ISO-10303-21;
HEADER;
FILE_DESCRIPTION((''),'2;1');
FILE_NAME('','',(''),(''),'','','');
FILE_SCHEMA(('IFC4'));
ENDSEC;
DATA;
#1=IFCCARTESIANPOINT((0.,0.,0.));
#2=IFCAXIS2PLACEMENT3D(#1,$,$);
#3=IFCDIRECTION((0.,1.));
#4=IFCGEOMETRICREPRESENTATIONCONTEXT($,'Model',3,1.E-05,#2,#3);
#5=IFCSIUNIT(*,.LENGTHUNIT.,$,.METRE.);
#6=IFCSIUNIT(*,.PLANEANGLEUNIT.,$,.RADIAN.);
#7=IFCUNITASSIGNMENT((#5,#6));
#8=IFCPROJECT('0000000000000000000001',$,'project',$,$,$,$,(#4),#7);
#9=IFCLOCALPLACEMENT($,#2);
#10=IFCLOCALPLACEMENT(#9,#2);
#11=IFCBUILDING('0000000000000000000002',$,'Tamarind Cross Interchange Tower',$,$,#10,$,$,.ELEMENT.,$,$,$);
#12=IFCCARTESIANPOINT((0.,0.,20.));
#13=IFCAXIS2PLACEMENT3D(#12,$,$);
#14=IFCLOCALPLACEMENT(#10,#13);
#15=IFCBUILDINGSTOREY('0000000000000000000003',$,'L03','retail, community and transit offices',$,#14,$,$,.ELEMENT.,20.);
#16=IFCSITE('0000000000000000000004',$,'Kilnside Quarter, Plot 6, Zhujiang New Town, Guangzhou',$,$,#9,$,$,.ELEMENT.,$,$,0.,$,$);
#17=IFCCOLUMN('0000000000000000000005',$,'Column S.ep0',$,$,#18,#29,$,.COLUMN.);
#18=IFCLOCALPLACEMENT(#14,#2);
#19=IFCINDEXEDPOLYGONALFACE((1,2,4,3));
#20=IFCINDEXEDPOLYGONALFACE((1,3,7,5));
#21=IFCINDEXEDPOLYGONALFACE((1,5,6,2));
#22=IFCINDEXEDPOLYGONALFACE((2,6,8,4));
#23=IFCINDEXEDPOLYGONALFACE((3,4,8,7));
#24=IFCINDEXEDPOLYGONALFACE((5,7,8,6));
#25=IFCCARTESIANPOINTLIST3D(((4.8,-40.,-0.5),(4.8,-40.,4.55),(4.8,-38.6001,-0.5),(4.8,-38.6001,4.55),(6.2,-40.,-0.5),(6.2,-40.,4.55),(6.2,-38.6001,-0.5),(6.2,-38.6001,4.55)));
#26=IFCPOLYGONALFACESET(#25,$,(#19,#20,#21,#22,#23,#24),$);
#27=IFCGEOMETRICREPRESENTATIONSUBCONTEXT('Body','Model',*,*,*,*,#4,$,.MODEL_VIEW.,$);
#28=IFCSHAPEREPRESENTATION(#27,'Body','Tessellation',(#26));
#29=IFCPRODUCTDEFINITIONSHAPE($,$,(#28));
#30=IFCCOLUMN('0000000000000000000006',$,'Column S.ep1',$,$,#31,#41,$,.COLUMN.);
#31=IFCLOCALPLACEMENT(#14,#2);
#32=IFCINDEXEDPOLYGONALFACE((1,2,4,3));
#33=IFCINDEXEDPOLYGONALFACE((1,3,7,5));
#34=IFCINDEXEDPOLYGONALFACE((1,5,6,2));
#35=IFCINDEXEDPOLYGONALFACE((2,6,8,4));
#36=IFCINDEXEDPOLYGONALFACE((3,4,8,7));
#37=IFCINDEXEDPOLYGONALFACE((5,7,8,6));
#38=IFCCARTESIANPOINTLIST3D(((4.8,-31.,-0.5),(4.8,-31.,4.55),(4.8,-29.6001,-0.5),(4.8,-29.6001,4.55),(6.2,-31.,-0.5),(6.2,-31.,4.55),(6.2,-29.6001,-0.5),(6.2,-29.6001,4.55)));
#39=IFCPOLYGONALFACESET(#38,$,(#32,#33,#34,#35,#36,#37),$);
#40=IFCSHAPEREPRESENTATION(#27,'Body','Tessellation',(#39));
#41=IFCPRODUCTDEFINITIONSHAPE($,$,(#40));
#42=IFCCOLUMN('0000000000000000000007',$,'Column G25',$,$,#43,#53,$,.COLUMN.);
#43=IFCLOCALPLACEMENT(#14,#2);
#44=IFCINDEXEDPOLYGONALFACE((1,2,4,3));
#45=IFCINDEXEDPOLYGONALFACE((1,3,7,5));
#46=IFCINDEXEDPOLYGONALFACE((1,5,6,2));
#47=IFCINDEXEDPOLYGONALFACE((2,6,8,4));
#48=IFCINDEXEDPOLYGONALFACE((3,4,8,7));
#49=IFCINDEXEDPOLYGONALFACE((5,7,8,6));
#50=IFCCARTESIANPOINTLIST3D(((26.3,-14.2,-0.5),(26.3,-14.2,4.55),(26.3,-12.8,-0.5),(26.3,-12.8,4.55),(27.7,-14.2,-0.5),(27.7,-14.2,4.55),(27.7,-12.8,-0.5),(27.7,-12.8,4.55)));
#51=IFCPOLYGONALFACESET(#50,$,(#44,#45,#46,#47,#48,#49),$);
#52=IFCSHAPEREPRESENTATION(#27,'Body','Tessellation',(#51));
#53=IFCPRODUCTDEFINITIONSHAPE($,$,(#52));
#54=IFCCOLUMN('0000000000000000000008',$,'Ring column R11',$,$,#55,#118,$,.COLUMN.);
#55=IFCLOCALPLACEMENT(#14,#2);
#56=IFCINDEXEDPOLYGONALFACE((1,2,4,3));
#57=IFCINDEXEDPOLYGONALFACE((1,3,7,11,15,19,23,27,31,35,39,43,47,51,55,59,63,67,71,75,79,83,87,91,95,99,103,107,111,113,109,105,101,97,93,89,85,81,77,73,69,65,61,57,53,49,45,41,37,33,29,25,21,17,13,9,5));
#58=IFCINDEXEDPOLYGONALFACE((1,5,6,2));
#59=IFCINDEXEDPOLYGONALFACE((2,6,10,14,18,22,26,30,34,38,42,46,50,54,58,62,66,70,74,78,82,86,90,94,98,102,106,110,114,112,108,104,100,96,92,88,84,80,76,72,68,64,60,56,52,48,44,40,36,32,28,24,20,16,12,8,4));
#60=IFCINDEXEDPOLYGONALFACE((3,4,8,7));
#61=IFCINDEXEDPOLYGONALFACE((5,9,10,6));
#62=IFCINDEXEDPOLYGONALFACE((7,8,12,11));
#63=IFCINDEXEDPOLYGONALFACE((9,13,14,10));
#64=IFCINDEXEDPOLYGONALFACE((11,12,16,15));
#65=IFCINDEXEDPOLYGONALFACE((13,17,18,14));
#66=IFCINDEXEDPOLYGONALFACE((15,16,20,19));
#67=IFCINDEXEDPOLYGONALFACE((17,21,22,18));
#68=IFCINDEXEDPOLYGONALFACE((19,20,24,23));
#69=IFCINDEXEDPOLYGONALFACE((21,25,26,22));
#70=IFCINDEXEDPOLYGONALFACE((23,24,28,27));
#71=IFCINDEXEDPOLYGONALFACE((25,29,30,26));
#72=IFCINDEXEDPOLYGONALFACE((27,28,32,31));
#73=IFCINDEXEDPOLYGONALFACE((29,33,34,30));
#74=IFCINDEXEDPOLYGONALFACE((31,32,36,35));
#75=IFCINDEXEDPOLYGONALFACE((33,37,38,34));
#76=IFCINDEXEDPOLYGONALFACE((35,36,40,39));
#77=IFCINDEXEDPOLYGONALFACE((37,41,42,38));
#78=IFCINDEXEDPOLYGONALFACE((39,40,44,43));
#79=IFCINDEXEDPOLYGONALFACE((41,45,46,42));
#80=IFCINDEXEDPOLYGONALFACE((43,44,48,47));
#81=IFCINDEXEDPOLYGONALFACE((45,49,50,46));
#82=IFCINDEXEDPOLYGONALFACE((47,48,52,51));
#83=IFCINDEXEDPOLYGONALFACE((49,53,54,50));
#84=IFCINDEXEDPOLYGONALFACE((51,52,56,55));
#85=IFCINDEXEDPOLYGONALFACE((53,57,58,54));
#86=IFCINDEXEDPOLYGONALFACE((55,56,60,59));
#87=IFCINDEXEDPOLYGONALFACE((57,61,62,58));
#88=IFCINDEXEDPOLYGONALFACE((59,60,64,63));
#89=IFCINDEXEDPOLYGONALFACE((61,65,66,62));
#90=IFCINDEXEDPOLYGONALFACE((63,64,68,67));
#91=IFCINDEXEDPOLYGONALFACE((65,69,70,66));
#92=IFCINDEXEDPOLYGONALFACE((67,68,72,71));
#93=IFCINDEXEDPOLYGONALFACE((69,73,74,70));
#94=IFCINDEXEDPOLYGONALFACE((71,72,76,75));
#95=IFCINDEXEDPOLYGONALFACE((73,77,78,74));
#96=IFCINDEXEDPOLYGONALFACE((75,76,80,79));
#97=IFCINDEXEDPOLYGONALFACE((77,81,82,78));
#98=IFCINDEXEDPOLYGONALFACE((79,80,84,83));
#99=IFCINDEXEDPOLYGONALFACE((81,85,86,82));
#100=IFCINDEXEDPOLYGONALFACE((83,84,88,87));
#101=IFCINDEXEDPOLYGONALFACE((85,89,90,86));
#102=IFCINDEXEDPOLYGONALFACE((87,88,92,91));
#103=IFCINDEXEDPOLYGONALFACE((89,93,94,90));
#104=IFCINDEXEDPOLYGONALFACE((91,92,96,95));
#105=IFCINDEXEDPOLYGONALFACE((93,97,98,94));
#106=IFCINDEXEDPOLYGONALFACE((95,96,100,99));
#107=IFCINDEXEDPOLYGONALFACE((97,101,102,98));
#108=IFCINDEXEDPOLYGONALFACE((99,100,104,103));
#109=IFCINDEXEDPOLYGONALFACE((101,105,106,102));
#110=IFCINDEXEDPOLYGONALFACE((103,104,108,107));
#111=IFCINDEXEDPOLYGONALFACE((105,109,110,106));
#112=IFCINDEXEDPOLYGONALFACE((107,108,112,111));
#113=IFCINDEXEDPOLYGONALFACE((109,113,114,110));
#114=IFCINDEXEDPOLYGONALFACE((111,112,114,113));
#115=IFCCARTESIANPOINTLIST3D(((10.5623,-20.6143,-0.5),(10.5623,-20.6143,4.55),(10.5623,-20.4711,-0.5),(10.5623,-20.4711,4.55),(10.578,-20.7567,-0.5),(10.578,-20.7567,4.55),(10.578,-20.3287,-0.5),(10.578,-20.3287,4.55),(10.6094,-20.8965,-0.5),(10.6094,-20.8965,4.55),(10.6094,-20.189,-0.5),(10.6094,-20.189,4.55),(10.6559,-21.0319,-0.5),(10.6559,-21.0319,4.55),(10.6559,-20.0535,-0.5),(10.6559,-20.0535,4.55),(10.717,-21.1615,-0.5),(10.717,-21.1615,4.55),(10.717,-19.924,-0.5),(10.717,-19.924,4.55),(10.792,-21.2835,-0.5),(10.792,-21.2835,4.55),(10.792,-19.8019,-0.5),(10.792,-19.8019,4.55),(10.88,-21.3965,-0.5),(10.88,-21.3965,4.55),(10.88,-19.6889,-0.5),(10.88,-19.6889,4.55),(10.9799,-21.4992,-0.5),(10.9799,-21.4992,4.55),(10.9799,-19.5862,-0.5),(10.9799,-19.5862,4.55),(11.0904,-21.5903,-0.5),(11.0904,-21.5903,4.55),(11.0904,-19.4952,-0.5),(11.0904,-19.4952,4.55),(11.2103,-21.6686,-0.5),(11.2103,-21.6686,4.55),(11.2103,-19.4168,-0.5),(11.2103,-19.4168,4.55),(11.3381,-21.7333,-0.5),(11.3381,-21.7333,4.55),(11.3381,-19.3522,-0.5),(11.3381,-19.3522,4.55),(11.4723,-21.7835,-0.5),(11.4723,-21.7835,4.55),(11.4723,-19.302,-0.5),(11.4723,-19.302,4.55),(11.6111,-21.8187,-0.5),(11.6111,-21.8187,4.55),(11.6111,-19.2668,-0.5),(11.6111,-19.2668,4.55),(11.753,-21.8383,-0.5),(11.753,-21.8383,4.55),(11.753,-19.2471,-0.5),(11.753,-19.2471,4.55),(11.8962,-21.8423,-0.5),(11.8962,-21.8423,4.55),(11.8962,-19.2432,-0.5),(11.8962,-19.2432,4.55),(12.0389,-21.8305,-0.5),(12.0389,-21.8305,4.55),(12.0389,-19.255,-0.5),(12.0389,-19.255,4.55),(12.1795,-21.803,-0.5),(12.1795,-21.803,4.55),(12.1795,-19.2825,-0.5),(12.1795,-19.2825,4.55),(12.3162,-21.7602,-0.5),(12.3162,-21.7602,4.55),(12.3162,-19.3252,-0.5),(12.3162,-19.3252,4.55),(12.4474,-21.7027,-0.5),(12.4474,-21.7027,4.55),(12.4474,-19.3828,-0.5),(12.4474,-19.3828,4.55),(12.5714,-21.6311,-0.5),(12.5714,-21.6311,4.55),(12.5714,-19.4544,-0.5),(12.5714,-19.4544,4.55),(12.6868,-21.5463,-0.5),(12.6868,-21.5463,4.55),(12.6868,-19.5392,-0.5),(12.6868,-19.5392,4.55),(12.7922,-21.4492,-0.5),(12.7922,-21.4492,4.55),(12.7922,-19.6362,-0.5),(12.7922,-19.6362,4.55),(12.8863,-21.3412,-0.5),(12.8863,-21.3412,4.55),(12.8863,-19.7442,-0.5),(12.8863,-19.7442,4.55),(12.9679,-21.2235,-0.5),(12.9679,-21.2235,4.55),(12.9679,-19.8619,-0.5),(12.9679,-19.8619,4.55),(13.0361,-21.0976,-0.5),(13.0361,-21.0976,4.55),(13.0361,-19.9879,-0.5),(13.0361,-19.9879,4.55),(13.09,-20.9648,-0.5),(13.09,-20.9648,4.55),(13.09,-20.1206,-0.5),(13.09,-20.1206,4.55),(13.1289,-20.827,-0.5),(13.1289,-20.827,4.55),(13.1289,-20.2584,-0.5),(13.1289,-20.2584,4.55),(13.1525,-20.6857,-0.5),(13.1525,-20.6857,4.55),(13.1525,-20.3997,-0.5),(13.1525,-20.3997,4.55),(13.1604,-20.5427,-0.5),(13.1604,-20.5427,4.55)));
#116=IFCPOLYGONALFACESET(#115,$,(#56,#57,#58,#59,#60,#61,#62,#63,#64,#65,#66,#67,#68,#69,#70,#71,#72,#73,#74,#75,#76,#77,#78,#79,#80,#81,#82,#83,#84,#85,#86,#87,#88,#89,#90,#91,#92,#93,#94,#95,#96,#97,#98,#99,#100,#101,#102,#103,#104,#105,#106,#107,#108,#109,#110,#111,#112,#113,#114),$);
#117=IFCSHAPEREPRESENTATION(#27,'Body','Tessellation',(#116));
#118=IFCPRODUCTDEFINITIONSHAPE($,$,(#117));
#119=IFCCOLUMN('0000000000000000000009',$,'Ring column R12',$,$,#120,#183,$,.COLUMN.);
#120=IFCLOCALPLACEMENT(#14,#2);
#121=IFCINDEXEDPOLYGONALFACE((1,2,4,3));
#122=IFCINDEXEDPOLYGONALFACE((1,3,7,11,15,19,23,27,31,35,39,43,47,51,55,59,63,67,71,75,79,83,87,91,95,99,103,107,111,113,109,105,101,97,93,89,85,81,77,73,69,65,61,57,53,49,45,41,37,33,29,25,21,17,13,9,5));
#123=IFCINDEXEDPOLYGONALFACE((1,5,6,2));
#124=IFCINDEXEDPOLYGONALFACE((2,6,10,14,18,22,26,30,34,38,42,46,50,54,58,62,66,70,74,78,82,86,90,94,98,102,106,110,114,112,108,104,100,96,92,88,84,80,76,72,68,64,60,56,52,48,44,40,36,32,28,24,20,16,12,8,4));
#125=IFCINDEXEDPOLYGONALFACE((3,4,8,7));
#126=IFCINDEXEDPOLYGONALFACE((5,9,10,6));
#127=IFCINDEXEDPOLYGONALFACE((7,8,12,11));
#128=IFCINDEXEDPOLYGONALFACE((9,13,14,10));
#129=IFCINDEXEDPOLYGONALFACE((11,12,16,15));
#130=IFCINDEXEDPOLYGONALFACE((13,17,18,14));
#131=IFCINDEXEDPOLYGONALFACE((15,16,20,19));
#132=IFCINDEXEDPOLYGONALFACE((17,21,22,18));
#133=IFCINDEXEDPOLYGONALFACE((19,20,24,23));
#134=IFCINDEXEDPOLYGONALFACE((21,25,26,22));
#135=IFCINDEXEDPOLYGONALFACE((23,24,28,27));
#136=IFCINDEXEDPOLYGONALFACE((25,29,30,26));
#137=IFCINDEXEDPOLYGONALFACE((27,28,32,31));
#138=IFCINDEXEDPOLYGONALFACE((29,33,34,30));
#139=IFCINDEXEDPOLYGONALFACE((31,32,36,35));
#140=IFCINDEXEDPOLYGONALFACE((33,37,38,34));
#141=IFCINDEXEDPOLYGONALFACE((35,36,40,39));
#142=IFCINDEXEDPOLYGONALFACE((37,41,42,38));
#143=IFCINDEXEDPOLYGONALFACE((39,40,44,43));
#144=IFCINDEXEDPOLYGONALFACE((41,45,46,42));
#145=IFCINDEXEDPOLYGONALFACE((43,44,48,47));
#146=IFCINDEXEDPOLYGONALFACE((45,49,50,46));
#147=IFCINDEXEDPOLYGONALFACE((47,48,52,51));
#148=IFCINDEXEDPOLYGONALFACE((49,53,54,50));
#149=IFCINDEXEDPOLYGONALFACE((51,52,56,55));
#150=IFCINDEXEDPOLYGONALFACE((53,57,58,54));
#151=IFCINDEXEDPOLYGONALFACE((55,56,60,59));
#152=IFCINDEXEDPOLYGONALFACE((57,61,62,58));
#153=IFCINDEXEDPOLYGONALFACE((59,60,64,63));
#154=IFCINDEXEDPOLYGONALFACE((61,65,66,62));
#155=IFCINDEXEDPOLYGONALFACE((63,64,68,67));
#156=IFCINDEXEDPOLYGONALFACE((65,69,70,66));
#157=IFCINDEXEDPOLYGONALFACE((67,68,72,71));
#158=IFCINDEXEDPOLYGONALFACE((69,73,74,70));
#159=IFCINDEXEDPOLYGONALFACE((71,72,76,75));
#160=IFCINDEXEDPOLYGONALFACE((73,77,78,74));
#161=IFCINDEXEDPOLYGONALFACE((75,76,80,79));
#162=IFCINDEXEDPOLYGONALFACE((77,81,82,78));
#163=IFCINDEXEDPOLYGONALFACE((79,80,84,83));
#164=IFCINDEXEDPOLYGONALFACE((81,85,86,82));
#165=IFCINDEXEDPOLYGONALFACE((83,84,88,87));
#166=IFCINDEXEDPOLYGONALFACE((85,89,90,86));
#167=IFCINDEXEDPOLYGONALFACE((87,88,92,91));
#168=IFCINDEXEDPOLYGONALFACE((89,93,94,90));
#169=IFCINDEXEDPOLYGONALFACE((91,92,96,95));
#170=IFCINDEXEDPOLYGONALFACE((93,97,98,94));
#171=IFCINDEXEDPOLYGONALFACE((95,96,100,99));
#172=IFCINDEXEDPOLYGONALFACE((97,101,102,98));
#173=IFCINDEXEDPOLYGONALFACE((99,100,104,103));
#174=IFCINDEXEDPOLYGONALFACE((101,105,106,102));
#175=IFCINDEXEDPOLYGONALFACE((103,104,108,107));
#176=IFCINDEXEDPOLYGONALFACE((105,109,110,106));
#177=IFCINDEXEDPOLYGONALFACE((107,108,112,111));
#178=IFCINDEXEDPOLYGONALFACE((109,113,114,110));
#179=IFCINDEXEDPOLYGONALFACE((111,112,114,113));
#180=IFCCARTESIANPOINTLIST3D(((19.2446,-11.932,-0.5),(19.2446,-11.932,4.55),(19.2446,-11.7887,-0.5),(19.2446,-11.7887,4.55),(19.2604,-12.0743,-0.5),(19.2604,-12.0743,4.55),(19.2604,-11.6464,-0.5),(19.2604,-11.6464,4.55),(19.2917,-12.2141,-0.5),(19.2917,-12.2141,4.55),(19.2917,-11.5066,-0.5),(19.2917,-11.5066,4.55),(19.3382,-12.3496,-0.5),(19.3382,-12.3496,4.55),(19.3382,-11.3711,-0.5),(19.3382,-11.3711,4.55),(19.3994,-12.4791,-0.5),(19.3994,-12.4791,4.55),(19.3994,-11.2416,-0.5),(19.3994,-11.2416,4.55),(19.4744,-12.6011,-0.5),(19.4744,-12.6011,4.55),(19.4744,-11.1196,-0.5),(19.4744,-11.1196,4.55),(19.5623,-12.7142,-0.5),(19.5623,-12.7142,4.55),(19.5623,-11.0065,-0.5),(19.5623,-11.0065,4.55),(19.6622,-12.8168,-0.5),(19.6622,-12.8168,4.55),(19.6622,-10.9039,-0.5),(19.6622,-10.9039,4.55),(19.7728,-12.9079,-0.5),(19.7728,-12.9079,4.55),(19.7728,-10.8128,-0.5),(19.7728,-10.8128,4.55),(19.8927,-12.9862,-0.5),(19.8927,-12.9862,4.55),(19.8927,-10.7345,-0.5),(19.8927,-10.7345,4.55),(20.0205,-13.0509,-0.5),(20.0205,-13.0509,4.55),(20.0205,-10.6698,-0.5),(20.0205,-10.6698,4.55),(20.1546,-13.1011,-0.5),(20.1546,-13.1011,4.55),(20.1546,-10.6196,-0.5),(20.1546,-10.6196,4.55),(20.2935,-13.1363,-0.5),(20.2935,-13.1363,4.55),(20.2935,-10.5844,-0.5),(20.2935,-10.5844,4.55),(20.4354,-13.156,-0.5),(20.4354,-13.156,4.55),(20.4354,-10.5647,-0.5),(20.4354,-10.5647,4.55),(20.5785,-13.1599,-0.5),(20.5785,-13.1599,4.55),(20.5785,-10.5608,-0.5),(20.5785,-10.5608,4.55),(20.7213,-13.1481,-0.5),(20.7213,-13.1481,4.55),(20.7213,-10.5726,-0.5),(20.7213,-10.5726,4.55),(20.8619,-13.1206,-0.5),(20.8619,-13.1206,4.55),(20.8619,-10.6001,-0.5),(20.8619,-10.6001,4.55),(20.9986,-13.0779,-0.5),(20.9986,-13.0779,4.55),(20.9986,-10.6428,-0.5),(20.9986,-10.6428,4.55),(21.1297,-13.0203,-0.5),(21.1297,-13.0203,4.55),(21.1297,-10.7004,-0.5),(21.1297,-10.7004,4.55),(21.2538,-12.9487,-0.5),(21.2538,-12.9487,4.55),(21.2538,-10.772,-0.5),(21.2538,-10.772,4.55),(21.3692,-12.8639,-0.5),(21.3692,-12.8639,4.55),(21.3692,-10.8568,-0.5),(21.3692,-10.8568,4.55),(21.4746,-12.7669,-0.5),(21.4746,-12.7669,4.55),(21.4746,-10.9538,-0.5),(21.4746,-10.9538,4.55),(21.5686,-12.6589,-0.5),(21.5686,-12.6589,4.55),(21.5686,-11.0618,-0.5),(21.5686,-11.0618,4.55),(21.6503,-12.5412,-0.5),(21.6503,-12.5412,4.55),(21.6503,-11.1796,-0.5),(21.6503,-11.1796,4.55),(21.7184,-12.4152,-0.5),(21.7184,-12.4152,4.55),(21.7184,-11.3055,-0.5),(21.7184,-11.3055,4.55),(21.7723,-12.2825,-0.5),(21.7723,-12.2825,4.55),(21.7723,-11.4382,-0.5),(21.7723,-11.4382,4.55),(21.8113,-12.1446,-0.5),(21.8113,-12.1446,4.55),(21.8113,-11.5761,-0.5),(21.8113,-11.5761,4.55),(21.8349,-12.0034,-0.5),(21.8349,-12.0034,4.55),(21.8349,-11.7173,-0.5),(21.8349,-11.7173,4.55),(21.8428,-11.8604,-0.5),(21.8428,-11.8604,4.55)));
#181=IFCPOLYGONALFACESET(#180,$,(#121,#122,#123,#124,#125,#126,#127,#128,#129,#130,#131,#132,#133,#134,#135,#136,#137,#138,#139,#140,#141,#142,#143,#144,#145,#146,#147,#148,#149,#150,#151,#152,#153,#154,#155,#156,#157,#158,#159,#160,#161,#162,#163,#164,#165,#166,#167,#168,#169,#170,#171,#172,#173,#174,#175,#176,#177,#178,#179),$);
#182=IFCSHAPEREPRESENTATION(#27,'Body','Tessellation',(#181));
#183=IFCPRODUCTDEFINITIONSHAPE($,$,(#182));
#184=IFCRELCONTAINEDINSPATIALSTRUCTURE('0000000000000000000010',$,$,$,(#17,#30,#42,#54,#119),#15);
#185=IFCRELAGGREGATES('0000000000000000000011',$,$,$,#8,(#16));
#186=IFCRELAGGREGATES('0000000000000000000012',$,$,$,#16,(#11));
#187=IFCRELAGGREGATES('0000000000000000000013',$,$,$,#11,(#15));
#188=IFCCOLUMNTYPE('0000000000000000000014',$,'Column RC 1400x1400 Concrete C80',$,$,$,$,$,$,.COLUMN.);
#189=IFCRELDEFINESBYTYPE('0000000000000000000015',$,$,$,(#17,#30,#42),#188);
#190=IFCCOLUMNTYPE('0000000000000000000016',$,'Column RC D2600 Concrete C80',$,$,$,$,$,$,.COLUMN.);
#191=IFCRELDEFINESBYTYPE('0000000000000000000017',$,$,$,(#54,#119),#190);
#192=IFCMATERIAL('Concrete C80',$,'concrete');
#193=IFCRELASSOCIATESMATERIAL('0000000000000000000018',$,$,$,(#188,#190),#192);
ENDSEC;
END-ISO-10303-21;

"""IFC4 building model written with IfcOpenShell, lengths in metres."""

from ifc_helpers import new_model, si_unit, direction, frame, origin, origin_2d, place, context, subcontext, project, spatial, rectangle, circle, extrude, material, material_profile, profile_set, type_object, element, save


model = new_model("IFC4")

# Units and contexts
model_context = context("Model", 3, precision=1e-05, world=origin(), true_north=direction((0.0, 1.0)))
body_context = subcontext(model_context, "Body", "Model", "MODEL_VIEW")
ifc_project = project(units=[si_unit("LENGTHUNIT", "METRE"), si_unit("PLANEANGLEUNIT", "RADIAN")], contexts=[model_context])

# Site, building, storey
site_placement = place(None, origin())
site = spatial("IfcSite", under=ifc_project, at=site_placement, Name="Kilnside Quarter, Plot 6, Zhujiang New Town, Guangzhou", CompositionType="ELEMENT", RefElevation=0.0)
building_placement = place(site_placement, origin())
building = spatial("IfcBuilding", under=site, at=building_placement, Name="Tamarind Cross Interchange Tower", CompositionType="ELEMENT")
storey_placement = place(building_placement, frame((0.0, 0.0, 20.0)))
storey = spatial("IfcBuildingStorey", under=building, at=storey_placement, Name="L03", Description="retail, community and transit offices", CompositionType="ELEMENT", Elevation=20.0)

# Columns
ifc_material_1 = material(Name="Concrete C80", Category="concrete")
ifc_material_profile_1 = material_profile(ifc_material_1, rectangle(XDim=1.3999, YDim=1.3999, at=origin_2d()), Name="RC 1400x1400")
ifc_profile_set_1 = profile_set([ifc_material_profile_1], Name="Concrete C80")
column_type_1 = type_object("IfcColumnType", Name="Column RC 1400x1400 Concrete C80", PredefinedType="COLUMN", material=ifc_profile_set_1)
for number, where, z_axis, x_axis, name in (
    (1, (5.5, -39.3, -0.5), (0.0, 0.0, 1.0), (1.0, 0.0, 0.0), "Column S.ep0"),
    (2, (5.5, -30.3, -0.5), (0.0, 0.0, 1.0), (1.0, 0.0, 0.0), "Column S.ep1"),
    (3, (27.0, -13.5, -0.5), (0.0, 0.0, 1.0), (1.0, 0.0, 0.0), "Column G25"),
):
    element("IfcColumn", number, at=place(storey_placement, frame(where, z_axis=z_axis, x_axis=x_axis)), inside=storey, type_object=column_type_1, Name=name, PredefinedType="COLUMN", context=body_context, shape_type="SweptSolid", body=[
        extrude(rectangle(XDim=1.3999, YDim=1.3999, at=origin_2d()), origin(), (0.0, 0.0, 1.0), 5.05),
    ])
ifc_material_profile_2 = material_profile(ifc_material_1, circle(Radius=1.3, at=origin_2d()), Name="RC D2600")
ifc_profile_set_2 = profile_set([ifc_material_profile_2], Name="Concrete C80")
column_type_2 = type_object("IfcColumnType", Name="Column RC D2600 Concrete C80", PredefinedType="COLUMN", material=ifc_profile_set_2)
for number, where, z_axis, x_axis, name in (
    (4, (11.8604, -20.5427, -0.5), (0.0, 0.0, 1.0), (1.0, 0.0, 0.0), "Ring column R11"),
    (5, (20.5427, -11.8604, -0.5), (0.0, 0.0, 1.0), (1.0, 0.0, 0.0), "Ring column R12"),
):
    element("IfcColumn", number, at=place(storey_placement, frame(where, z_axis=z_axis, x_axis=x_axis)), inside=storey, type_object=column_type_2, Name=name, PredefinedType="COLUMN", context=body_context, shape_type="SweptSolid", body=[
        extrude(circle(Radius=1.3, at=origin_2d()), origin(), (0.0, 0.0, 1.0), 5.05),
    ])

save(model, "model.ifc")
